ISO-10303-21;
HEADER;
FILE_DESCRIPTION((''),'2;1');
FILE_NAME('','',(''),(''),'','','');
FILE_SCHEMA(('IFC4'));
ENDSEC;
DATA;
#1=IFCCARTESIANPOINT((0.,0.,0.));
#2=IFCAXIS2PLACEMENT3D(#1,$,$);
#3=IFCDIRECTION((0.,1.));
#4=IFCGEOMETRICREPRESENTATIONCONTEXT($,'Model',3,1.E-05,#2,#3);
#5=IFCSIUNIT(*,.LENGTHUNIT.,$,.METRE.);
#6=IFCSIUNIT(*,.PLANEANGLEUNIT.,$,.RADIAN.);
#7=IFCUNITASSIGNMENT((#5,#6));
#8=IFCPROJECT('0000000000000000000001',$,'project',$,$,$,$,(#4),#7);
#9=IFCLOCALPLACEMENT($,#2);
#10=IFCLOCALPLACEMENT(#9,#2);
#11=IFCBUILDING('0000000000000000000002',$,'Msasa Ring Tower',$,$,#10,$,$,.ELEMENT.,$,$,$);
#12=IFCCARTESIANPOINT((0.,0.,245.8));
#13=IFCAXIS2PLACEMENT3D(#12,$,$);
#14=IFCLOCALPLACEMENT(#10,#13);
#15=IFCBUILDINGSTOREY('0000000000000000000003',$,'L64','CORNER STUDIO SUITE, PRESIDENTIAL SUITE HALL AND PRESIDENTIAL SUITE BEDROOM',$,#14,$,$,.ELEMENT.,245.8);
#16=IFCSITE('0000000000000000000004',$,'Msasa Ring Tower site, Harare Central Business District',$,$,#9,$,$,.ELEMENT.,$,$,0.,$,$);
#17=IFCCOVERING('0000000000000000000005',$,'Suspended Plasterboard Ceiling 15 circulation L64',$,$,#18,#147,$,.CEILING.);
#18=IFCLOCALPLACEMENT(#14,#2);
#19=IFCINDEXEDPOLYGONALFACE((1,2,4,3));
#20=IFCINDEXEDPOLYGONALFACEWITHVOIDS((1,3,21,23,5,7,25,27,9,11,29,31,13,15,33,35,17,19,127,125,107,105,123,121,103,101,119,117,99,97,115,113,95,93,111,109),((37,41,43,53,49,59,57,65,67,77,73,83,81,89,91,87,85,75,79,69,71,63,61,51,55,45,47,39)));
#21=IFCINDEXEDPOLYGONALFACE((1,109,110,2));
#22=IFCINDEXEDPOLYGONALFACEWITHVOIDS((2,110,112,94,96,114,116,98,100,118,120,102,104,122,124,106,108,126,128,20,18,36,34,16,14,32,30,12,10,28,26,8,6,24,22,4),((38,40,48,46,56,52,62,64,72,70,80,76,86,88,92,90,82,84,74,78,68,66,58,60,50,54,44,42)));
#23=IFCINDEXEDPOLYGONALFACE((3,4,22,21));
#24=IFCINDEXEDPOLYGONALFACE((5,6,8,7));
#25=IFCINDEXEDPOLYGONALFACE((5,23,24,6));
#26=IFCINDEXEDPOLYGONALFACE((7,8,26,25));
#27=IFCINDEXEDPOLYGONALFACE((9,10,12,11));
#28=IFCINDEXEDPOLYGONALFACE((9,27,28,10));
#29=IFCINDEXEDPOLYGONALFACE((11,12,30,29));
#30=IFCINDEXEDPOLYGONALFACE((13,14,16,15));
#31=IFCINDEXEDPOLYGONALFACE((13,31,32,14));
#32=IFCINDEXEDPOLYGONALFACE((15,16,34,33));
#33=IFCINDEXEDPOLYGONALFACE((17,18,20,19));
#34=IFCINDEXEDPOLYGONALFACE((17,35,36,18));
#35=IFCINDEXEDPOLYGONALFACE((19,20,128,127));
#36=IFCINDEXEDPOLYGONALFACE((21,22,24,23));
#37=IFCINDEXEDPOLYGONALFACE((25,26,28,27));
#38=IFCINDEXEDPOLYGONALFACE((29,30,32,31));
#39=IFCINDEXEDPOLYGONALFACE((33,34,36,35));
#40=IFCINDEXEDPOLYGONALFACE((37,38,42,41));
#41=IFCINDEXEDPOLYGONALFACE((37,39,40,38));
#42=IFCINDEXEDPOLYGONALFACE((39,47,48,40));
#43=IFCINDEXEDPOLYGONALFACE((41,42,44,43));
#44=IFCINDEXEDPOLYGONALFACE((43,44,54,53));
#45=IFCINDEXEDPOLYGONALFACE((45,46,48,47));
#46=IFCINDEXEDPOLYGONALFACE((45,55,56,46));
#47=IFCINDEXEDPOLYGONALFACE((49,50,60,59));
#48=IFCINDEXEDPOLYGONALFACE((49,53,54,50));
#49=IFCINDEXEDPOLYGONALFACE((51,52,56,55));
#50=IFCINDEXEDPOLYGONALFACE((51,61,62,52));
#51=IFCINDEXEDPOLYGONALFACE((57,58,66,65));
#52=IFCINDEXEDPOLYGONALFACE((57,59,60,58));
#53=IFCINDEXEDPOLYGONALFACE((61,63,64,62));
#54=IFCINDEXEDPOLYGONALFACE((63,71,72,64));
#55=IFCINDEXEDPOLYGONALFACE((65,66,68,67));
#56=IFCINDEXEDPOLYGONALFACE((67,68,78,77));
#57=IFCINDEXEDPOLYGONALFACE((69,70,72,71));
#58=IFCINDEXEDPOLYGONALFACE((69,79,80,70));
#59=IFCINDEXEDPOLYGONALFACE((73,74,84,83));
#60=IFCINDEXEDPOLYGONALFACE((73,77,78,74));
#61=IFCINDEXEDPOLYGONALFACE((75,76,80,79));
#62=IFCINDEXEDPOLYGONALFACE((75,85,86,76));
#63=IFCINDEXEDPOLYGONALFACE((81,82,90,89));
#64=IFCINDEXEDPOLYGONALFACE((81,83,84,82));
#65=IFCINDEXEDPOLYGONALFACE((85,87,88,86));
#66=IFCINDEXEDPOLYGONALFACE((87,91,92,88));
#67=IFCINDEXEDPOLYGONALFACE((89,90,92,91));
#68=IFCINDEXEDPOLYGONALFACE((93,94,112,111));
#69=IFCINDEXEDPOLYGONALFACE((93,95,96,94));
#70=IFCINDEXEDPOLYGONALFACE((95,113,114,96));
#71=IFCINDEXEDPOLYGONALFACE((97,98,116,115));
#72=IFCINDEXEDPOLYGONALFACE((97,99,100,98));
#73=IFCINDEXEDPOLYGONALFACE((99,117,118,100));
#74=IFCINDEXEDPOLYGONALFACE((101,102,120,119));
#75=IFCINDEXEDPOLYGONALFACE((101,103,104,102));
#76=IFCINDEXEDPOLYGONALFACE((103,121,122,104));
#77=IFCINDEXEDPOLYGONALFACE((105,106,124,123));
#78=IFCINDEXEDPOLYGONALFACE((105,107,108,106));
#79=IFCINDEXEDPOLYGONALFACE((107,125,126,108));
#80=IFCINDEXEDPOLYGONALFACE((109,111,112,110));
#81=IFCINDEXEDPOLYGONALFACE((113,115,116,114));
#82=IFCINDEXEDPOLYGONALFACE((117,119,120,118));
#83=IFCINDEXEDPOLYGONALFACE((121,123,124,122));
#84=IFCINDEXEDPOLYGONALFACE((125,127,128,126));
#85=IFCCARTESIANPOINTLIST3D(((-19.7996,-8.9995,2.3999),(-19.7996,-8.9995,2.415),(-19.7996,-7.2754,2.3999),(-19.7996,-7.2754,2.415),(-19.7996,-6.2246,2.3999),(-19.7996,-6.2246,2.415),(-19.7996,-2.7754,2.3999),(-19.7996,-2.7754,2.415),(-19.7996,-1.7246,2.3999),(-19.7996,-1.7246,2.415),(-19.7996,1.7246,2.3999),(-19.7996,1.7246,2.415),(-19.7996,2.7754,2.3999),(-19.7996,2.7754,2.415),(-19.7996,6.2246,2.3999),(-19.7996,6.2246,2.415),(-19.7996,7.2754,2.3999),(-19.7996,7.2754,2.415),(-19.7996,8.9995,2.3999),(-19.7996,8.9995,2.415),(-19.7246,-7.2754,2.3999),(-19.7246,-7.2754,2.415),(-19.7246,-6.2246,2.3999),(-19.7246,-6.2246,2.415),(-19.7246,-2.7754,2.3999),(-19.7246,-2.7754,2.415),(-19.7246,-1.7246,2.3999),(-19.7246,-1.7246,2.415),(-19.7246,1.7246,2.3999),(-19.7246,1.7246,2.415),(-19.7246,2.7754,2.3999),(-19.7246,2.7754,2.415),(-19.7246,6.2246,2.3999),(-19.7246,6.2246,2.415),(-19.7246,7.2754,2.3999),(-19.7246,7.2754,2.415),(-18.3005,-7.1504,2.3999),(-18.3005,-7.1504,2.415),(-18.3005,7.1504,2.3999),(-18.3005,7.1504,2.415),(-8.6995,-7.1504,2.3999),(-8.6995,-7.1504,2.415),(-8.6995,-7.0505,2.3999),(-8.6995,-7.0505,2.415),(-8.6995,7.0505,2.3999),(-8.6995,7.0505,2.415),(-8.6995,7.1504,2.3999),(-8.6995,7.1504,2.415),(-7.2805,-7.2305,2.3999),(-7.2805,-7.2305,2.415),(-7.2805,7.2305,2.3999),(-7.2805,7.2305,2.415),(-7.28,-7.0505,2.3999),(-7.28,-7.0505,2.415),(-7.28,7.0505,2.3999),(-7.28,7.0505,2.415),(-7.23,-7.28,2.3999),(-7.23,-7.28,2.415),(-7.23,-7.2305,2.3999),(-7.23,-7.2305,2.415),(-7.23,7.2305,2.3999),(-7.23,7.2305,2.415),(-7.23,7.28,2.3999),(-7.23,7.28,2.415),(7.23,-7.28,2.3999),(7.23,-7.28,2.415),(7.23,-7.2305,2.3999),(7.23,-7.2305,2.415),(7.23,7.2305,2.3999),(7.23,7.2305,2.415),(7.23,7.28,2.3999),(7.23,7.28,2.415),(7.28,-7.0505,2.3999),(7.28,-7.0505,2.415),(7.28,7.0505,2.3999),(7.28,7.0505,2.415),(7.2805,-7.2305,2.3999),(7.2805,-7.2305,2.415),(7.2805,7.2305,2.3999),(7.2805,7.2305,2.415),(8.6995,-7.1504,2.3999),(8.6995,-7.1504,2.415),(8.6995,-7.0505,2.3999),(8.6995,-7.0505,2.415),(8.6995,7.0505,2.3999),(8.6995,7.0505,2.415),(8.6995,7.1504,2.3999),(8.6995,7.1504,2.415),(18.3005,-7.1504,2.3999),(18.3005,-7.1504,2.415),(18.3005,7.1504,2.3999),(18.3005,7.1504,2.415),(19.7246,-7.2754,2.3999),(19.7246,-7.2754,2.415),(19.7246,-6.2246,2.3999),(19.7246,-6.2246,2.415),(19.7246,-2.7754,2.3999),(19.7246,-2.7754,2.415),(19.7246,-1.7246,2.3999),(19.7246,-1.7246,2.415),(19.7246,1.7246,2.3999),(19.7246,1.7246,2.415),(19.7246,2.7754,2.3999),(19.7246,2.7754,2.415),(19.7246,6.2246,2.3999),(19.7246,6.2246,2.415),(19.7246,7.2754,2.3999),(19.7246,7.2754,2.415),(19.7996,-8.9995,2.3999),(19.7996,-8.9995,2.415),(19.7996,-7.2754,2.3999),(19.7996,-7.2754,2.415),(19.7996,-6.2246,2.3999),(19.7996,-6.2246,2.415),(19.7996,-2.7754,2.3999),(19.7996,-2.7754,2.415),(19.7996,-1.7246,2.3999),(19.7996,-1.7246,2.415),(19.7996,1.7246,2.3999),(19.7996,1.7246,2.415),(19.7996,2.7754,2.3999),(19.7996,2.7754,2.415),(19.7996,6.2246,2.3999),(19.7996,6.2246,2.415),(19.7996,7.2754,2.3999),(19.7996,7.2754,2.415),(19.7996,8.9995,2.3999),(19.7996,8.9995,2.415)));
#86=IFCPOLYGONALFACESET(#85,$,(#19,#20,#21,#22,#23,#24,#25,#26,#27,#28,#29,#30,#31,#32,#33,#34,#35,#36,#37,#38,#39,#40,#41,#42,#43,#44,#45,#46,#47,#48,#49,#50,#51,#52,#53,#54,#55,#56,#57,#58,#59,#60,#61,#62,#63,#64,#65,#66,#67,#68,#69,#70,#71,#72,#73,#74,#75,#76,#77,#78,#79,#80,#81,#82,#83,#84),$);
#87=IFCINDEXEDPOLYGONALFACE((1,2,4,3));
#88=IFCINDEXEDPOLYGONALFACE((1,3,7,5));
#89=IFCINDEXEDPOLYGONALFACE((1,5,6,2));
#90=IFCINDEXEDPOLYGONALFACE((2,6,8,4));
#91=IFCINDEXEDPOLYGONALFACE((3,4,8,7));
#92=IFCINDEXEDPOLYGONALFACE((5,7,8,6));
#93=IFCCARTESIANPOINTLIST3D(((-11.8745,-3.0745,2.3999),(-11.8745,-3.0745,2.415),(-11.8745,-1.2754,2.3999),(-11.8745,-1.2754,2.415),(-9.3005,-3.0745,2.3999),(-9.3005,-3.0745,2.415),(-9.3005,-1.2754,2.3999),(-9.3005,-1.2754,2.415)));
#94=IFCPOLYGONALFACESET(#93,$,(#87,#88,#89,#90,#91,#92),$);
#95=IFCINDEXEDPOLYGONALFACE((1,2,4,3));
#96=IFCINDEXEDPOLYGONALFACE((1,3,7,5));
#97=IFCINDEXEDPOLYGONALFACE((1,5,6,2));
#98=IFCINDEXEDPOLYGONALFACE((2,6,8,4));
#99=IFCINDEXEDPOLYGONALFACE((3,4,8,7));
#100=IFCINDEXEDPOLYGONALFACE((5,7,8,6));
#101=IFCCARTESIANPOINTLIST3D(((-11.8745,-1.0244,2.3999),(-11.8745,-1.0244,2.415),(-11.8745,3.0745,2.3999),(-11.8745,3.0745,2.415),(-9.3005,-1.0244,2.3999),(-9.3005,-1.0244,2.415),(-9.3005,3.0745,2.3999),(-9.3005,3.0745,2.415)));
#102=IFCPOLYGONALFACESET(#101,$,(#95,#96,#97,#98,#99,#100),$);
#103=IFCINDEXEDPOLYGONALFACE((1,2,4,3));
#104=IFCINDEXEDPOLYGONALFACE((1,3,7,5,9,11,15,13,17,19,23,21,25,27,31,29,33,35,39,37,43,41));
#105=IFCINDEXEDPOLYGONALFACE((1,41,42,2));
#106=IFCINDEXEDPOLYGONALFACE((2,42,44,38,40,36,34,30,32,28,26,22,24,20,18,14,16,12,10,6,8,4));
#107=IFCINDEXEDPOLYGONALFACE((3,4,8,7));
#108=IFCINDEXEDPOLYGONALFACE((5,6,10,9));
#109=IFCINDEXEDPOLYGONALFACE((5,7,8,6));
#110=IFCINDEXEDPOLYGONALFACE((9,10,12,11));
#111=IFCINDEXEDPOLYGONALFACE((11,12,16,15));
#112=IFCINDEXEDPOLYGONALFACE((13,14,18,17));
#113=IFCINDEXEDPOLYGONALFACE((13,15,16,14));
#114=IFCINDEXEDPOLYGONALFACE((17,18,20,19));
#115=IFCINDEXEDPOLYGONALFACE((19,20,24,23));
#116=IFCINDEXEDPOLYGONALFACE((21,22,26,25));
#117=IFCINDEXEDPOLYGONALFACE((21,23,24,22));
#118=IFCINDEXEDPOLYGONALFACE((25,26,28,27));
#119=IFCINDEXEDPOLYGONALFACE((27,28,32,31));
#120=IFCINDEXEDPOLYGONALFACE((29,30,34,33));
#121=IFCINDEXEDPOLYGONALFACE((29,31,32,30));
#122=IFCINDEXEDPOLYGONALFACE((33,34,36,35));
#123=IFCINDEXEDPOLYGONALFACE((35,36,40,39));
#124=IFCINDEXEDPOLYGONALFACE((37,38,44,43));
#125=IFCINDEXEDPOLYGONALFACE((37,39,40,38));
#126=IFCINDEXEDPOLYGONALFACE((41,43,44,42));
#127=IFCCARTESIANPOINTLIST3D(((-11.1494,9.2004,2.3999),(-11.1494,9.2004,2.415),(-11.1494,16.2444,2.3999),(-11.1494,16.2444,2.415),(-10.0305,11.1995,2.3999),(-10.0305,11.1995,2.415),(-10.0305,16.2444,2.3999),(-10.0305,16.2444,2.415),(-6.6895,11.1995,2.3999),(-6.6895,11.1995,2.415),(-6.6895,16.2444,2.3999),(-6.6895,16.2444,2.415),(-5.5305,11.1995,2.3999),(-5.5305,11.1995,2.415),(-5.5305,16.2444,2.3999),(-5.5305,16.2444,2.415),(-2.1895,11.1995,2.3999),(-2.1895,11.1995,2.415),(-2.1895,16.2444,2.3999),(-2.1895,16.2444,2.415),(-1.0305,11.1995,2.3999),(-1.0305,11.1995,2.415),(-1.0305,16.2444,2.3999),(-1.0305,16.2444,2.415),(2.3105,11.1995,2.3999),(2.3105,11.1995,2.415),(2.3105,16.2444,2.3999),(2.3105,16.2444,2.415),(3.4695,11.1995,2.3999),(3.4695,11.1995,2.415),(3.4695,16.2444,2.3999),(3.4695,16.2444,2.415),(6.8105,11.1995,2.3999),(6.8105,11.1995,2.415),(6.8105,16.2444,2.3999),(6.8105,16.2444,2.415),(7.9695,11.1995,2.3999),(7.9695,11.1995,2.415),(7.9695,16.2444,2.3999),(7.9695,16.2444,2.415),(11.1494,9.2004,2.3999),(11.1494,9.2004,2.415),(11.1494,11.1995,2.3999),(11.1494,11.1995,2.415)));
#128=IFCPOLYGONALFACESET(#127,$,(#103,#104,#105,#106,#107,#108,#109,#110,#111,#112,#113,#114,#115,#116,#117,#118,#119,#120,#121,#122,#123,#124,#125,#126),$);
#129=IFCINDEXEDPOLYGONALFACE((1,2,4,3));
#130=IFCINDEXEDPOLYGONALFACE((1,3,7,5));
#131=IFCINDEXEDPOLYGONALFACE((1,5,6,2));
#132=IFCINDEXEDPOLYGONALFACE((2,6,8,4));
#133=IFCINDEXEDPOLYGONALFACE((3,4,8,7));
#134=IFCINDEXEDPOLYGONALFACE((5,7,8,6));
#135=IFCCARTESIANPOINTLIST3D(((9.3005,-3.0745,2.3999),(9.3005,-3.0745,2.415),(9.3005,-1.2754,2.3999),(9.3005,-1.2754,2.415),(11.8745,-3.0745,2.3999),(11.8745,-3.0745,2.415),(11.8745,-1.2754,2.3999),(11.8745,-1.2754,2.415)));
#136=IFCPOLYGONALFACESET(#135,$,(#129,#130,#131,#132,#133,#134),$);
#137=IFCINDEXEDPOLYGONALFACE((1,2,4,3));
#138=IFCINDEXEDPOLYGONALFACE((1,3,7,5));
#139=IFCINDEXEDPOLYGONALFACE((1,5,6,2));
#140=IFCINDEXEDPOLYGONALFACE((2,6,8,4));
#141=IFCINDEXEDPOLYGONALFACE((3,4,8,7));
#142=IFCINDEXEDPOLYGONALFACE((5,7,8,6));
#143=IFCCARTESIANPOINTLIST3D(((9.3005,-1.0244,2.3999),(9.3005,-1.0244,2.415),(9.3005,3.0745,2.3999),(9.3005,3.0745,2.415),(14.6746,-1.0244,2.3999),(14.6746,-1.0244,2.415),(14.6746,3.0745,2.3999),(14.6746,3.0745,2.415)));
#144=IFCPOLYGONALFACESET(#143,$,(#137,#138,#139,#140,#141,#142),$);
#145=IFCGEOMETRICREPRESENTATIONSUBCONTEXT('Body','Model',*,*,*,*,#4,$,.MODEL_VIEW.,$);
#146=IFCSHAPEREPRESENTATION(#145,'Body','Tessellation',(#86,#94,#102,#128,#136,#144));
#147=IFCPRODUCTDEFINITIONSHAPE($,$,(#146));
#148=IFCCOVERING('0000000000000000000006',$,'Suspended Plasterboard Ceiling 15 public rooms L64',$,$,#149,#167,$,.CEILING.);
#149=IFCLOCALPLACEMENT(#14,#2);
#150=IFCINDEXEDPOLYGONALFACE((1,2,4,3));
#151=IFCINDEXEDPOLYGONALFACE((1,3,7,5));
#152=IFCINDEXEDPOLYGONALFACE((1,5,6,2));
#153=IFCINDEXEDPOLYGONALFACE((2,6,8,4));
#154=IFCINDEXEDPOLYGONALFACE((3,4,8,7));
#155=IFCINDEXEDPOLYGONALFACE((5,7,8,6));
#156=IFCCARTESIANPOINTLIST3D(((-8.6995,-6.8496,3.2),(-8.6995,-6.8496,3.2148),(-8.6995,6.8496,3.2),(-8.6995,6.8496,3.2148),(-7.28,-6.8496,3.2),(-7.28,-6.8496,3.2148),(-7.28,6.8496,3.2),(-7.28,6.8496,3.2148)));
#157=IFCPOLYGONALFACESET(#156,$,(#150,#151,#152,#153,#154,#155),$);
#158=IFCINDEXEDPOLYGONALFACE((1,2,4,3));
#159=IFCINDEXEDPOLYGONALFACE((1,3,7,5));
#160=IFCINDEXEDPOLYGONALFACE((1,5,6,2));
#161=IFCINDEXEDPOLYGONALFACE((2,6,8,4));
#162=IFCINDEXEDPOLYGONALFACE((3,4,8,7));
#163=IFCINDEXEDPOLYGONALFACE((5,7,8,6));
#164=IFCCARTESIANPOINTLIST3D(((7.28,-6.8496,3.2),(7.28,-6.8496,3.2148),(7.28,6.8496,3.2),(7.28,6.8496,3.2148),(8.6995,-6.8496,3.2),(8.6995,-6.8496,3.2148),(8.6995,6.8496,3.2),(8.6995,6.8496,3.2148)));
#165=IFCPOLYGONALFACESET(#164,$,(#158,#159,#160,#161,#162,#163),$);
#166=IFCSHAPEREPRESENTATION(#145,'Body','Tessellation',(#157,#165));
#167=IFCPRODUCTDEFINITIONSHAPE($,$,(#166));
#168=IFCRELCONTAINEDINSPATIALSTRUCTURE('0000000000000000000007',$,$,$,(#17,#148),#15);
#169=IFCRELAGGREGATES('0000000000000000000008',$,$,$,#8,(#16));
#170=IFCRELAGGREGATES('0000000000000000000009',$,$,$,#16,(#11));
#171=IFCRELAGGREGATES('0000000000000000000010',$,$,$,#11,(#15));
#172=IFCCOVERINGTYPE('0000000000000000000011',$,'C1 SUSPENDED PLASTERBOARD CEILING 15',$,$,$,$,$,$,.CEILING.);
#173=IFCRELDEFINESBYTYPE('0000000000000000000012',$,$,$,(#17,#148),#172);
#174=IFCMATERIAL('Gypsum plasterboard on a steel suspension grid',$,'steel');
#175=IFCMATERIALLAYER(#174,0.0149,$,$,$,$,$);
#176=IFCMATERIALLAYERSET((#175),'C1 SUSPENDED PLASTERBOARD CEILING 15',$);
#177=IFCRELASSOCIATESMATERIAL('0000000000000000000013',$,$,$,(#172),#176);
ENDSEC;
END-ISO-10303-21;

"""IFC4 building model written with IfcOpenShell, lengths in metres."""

from ifc_helpers import new_model, si_unit, direction, frame, origin, place, context, subcontext, project, spatial, line, indexed_curve, outline, extrude, material, layer, layer_set, type_object, element, save


model = new_model("IFC4")

# Units and contexts
model_context = context("Model", 3, precision=1e-05, world=origin(), true_north=direction((0.0, 1.0)))
body_context = subcontext(model_context, "Body", "Model", "MODEL_VIEW")
ifc_project = project(units=[si_unit("LENGTHUNIT", "METRE"), si_unit("PLANEANGLEUNIT", "RADIAN")], contexts=[model_context])

# Site, building, storey
site_placement = place(None, origin())
site = spatial("IfcSite", under=ifc_project, at=site_placement, Name="Msasa Ring Tower site, Harare Central Business District", CompositionType="ELEMENT", RefElevation=0.0)
building_placement = place(site_placement, origin())
building = spatial("IfcBuilding", under=site, at=building_placement, Name="Msasa Ring Tower", CompositionType="ELEMENT")
storey_placement = place(building_placement, frame((0.0, 0.0, 245.8)))
storey = spatial("IfcBuildingStorey", under=building, at=storey_placement, Name="L64", Description="CORNER STUDIO SUITE, PRESIDENTIAL SUITE HALL AND PRESIDENTIAL SUITE BEDROOM", CompositionType="ELEMENT", Elevation=245.8)

# Coverings
ifc_material_1 = material(Name="Gypsum plasterboard on a steel suspension grid", Category="steel")
ifc_layer_1 = layer(ifc_material_1, 0.0149)
ifc_layer_set_1 = layer_set([ifc_layer_1], Name="C1 SUSPENDED PLASTERBOARD CEILING 15")
covering_type_1 = type_object("IfcCoveringType", Name="C1 SUSPENDED PLASTERBOARD CEILING 15", PredefinedType="CEILING", material=ifc_layer_set_1)
covering_1_placement = place(storey_placement, frame((0.0, 0.0, 2.3999)))
element("IfcCovering", 1, at=covering_1_placement, inside=storey, type_object=covering_type_1, Name="Suspended Plasterboard Ceiling 15 circulation L64", PredefinedType="CEILING", context=body_context, shape_type="SweptSolid", body=[
    extrude(outline(indexed_curve([(19.7996, 7.2754), (19.7246, 7.2754), (19.7246, 6.2246), (19.7996, 6.2246), (19.7996, 2.7754), (19.7246, 2.7754), (19.7246, 1.7246), (19.7996, 1.7246), (19.7996, -1.7246), (19.7246, -1.7246), (19.7246, -2.7754), (19.7996, -2.7754), (19.7996, -6.2246), (19.7246, -6.2246), (19.7246, -7.2754), (19.7996, -7.2754), (19.7996, -8.9995), (-19.7996, -8.9995), (-19.7996, -7.2754), (-19.7246, -7.2754), (-19.7246, -6.2246), (-19.7996, -6.2246), (-19.7996, -2.7754), (-19.7246, -2.7754), (-19.7246, -1.7246), (-19.7996, -1.7246), (-19.7996, 1.7246), (-19.7246, 1.7246), (-19.7246, 2.7754), (-19.7996, 2.7754), (-19.7996, 6.2246), (-19.7246, 6.2246), (-19.7246, 7.2754), (-19.7996, 7.2754), (-19.7996, 8.9995), (19.7996, 8.9995)], segments=[line(1, 2, 3, 4, 5, 6, 7, 8, 9, 10, 11, 12, 13, 14, 15, 16, 17, 18, 19, 20, 21, 22, 23, 24, 25, 26, 27, 28, 29, 30, 31, 32, 33, 34, 35, 36, 1)], self_intersect=False), holes=[indexed_curve([(8.6995, -7.1504), (18.3005, -7.1504), (18.3005, 7.1504), (8.6995, 7.1504), (8.6995, 7.0505), (7.28, 7.0505), (7.2805, 7.2305), (7.23, 7.2305), (7.23, 7.28), (-7.23, 7.28), (-7.23, 7.2305), (-7.2805, 7.2305), (-7.28, 7.0505), (-8.6995, 7.0505), (-8.6995, 7.1504), (-18.3005, 7.1504), (-18.3005, -7.1504), (-8.6995, -7.1504), (-8.6995, -7.0505), (-7.28, -7.0505), (-7.2805, -7.2305), (-7.23, -7.2305), (-7.23, -7.28), (7.23, -7.28), (7.23, -7.2305), (7.2805, -7.2305), (7.28, -7.0505), (8.6995, -7.0505)], segments=[line(1, 2, 3, 4, 5, 6, 7, 8, 9, 10, 11, 12, 13, 14, 15, 16, 17, 18, 19, 20, 21, 22, 23, 24, 25, 26, 27, 28, 1)], self_intersect=False)]), origin(), (0.0, 0.0, 1.0), 0.0151),
    extrude(outline(indexed_curve([(-9.3005, -3.0745), (-11.8745, -3.0745), (-11.8745, -1.2754), (-9.3005, -1.2754)], segments=[line(1, 2, 3, 4, 1)], self_intersect=False)), origin(), (0.0, 0.0, 1.0), 0.0151),
    extrude(outline(indexed_curve([(-9.3005, -1.0244), (-11.8745, -1.0244), (-11.8745, 3.0745), (-9.3005, 3.0745)], segments=[line(1, 2, 3, 4, 1)], self_intersect=False)), origin(), (0.0, 0.0, 1.0), 0.0151),
    extrude(outline(indexed_curve([(-6.6895, 16.2444), (-5.5305, 16.2444), (-5.5305, 11.1995), (-2.1895, 11.1995), (-2.1895, 16.2444), (-1.0305, 16.2444), (-1.0305, 11.1995), (2.3105, 11.1995), (2.3105, 16.2444), (3.4695, 16.2444), (3.4695, 11.1995), (6.8105, 11.1995), (6.8105, 16.2444), (7.9695, 16.2444), (7.9695, 11.1995), (11.1494, 11.1995), (11.1494, 9.2004), (-11.1494, 9.2004), (-11.1494, 16.2444), (-10.0305, 16.2444), (-10.0305, 11.1995), (-6.6895, 11.1995)], segments=[line(1, 2, 3, 4, 5, 6, 7, 8, 9, 10, 11, 12, 13, 14, 15, 16, 17, 18, 19, 20, 21, 22, 1)], self_intersect=False)), origin(), (0.0, 0.0, 1.0), 0.0151),
    extrude(outline(indexed_curve([(9.3005, -3.0745), (9.3005, -1.2754), (11.8745, -1.2754), (11.8745, -3.0745)], segments=[line(1, 2, 3, 4, 1)], self_intersect=False)), origin(), (0.0, 0.0, 1.0), 0.0151),
    extrude(outline(indexed_curve([(9.3005, -1.0244), (9.3005, 3.0745), (14.6746, 3.0745), (14.6746, -1.0244)], segments=[line(1, 2, 3, 4, 1)], self_intersect=False)), origin(), (0.0, 0.0, 1.0), 0.0151),
])
covering_2_placement = place(storey_placement, frame((0.0, 0.0, 3.2)))
element("IfcCovering", 2, at=covering_2_placement, inside=storey, type_object=covering_type_1, Name="Suspended Plasterboard Ceiling 15 public rooms L64", PredefinedType="CEILING", context=body_context, shape_type="SweptSolid", body=[
    extrude(outline(indexed_curve([(-7.28, 6.8496), (-7.28, -6.8496), (-8.6995, -6.8496), (-8.6995, 6.8496)], segments=[line(1, 2, 3, 4, 1)], self_intersect=False)), origin(), (0.0, 0.0, 1.0), 0.0149),
    extrude(outline(indexed_curve([(8.6995, 6.8496), (8.6995, -6.8496), (7.28, -6.8496), (7.28, 6.8496)], segments=[line(1, 2, 3, 4, 1)], self_intersect=False)), origin(), (0.0, 0.0, 1.0), 0.0149),
])

save(model, "model.ifc")
